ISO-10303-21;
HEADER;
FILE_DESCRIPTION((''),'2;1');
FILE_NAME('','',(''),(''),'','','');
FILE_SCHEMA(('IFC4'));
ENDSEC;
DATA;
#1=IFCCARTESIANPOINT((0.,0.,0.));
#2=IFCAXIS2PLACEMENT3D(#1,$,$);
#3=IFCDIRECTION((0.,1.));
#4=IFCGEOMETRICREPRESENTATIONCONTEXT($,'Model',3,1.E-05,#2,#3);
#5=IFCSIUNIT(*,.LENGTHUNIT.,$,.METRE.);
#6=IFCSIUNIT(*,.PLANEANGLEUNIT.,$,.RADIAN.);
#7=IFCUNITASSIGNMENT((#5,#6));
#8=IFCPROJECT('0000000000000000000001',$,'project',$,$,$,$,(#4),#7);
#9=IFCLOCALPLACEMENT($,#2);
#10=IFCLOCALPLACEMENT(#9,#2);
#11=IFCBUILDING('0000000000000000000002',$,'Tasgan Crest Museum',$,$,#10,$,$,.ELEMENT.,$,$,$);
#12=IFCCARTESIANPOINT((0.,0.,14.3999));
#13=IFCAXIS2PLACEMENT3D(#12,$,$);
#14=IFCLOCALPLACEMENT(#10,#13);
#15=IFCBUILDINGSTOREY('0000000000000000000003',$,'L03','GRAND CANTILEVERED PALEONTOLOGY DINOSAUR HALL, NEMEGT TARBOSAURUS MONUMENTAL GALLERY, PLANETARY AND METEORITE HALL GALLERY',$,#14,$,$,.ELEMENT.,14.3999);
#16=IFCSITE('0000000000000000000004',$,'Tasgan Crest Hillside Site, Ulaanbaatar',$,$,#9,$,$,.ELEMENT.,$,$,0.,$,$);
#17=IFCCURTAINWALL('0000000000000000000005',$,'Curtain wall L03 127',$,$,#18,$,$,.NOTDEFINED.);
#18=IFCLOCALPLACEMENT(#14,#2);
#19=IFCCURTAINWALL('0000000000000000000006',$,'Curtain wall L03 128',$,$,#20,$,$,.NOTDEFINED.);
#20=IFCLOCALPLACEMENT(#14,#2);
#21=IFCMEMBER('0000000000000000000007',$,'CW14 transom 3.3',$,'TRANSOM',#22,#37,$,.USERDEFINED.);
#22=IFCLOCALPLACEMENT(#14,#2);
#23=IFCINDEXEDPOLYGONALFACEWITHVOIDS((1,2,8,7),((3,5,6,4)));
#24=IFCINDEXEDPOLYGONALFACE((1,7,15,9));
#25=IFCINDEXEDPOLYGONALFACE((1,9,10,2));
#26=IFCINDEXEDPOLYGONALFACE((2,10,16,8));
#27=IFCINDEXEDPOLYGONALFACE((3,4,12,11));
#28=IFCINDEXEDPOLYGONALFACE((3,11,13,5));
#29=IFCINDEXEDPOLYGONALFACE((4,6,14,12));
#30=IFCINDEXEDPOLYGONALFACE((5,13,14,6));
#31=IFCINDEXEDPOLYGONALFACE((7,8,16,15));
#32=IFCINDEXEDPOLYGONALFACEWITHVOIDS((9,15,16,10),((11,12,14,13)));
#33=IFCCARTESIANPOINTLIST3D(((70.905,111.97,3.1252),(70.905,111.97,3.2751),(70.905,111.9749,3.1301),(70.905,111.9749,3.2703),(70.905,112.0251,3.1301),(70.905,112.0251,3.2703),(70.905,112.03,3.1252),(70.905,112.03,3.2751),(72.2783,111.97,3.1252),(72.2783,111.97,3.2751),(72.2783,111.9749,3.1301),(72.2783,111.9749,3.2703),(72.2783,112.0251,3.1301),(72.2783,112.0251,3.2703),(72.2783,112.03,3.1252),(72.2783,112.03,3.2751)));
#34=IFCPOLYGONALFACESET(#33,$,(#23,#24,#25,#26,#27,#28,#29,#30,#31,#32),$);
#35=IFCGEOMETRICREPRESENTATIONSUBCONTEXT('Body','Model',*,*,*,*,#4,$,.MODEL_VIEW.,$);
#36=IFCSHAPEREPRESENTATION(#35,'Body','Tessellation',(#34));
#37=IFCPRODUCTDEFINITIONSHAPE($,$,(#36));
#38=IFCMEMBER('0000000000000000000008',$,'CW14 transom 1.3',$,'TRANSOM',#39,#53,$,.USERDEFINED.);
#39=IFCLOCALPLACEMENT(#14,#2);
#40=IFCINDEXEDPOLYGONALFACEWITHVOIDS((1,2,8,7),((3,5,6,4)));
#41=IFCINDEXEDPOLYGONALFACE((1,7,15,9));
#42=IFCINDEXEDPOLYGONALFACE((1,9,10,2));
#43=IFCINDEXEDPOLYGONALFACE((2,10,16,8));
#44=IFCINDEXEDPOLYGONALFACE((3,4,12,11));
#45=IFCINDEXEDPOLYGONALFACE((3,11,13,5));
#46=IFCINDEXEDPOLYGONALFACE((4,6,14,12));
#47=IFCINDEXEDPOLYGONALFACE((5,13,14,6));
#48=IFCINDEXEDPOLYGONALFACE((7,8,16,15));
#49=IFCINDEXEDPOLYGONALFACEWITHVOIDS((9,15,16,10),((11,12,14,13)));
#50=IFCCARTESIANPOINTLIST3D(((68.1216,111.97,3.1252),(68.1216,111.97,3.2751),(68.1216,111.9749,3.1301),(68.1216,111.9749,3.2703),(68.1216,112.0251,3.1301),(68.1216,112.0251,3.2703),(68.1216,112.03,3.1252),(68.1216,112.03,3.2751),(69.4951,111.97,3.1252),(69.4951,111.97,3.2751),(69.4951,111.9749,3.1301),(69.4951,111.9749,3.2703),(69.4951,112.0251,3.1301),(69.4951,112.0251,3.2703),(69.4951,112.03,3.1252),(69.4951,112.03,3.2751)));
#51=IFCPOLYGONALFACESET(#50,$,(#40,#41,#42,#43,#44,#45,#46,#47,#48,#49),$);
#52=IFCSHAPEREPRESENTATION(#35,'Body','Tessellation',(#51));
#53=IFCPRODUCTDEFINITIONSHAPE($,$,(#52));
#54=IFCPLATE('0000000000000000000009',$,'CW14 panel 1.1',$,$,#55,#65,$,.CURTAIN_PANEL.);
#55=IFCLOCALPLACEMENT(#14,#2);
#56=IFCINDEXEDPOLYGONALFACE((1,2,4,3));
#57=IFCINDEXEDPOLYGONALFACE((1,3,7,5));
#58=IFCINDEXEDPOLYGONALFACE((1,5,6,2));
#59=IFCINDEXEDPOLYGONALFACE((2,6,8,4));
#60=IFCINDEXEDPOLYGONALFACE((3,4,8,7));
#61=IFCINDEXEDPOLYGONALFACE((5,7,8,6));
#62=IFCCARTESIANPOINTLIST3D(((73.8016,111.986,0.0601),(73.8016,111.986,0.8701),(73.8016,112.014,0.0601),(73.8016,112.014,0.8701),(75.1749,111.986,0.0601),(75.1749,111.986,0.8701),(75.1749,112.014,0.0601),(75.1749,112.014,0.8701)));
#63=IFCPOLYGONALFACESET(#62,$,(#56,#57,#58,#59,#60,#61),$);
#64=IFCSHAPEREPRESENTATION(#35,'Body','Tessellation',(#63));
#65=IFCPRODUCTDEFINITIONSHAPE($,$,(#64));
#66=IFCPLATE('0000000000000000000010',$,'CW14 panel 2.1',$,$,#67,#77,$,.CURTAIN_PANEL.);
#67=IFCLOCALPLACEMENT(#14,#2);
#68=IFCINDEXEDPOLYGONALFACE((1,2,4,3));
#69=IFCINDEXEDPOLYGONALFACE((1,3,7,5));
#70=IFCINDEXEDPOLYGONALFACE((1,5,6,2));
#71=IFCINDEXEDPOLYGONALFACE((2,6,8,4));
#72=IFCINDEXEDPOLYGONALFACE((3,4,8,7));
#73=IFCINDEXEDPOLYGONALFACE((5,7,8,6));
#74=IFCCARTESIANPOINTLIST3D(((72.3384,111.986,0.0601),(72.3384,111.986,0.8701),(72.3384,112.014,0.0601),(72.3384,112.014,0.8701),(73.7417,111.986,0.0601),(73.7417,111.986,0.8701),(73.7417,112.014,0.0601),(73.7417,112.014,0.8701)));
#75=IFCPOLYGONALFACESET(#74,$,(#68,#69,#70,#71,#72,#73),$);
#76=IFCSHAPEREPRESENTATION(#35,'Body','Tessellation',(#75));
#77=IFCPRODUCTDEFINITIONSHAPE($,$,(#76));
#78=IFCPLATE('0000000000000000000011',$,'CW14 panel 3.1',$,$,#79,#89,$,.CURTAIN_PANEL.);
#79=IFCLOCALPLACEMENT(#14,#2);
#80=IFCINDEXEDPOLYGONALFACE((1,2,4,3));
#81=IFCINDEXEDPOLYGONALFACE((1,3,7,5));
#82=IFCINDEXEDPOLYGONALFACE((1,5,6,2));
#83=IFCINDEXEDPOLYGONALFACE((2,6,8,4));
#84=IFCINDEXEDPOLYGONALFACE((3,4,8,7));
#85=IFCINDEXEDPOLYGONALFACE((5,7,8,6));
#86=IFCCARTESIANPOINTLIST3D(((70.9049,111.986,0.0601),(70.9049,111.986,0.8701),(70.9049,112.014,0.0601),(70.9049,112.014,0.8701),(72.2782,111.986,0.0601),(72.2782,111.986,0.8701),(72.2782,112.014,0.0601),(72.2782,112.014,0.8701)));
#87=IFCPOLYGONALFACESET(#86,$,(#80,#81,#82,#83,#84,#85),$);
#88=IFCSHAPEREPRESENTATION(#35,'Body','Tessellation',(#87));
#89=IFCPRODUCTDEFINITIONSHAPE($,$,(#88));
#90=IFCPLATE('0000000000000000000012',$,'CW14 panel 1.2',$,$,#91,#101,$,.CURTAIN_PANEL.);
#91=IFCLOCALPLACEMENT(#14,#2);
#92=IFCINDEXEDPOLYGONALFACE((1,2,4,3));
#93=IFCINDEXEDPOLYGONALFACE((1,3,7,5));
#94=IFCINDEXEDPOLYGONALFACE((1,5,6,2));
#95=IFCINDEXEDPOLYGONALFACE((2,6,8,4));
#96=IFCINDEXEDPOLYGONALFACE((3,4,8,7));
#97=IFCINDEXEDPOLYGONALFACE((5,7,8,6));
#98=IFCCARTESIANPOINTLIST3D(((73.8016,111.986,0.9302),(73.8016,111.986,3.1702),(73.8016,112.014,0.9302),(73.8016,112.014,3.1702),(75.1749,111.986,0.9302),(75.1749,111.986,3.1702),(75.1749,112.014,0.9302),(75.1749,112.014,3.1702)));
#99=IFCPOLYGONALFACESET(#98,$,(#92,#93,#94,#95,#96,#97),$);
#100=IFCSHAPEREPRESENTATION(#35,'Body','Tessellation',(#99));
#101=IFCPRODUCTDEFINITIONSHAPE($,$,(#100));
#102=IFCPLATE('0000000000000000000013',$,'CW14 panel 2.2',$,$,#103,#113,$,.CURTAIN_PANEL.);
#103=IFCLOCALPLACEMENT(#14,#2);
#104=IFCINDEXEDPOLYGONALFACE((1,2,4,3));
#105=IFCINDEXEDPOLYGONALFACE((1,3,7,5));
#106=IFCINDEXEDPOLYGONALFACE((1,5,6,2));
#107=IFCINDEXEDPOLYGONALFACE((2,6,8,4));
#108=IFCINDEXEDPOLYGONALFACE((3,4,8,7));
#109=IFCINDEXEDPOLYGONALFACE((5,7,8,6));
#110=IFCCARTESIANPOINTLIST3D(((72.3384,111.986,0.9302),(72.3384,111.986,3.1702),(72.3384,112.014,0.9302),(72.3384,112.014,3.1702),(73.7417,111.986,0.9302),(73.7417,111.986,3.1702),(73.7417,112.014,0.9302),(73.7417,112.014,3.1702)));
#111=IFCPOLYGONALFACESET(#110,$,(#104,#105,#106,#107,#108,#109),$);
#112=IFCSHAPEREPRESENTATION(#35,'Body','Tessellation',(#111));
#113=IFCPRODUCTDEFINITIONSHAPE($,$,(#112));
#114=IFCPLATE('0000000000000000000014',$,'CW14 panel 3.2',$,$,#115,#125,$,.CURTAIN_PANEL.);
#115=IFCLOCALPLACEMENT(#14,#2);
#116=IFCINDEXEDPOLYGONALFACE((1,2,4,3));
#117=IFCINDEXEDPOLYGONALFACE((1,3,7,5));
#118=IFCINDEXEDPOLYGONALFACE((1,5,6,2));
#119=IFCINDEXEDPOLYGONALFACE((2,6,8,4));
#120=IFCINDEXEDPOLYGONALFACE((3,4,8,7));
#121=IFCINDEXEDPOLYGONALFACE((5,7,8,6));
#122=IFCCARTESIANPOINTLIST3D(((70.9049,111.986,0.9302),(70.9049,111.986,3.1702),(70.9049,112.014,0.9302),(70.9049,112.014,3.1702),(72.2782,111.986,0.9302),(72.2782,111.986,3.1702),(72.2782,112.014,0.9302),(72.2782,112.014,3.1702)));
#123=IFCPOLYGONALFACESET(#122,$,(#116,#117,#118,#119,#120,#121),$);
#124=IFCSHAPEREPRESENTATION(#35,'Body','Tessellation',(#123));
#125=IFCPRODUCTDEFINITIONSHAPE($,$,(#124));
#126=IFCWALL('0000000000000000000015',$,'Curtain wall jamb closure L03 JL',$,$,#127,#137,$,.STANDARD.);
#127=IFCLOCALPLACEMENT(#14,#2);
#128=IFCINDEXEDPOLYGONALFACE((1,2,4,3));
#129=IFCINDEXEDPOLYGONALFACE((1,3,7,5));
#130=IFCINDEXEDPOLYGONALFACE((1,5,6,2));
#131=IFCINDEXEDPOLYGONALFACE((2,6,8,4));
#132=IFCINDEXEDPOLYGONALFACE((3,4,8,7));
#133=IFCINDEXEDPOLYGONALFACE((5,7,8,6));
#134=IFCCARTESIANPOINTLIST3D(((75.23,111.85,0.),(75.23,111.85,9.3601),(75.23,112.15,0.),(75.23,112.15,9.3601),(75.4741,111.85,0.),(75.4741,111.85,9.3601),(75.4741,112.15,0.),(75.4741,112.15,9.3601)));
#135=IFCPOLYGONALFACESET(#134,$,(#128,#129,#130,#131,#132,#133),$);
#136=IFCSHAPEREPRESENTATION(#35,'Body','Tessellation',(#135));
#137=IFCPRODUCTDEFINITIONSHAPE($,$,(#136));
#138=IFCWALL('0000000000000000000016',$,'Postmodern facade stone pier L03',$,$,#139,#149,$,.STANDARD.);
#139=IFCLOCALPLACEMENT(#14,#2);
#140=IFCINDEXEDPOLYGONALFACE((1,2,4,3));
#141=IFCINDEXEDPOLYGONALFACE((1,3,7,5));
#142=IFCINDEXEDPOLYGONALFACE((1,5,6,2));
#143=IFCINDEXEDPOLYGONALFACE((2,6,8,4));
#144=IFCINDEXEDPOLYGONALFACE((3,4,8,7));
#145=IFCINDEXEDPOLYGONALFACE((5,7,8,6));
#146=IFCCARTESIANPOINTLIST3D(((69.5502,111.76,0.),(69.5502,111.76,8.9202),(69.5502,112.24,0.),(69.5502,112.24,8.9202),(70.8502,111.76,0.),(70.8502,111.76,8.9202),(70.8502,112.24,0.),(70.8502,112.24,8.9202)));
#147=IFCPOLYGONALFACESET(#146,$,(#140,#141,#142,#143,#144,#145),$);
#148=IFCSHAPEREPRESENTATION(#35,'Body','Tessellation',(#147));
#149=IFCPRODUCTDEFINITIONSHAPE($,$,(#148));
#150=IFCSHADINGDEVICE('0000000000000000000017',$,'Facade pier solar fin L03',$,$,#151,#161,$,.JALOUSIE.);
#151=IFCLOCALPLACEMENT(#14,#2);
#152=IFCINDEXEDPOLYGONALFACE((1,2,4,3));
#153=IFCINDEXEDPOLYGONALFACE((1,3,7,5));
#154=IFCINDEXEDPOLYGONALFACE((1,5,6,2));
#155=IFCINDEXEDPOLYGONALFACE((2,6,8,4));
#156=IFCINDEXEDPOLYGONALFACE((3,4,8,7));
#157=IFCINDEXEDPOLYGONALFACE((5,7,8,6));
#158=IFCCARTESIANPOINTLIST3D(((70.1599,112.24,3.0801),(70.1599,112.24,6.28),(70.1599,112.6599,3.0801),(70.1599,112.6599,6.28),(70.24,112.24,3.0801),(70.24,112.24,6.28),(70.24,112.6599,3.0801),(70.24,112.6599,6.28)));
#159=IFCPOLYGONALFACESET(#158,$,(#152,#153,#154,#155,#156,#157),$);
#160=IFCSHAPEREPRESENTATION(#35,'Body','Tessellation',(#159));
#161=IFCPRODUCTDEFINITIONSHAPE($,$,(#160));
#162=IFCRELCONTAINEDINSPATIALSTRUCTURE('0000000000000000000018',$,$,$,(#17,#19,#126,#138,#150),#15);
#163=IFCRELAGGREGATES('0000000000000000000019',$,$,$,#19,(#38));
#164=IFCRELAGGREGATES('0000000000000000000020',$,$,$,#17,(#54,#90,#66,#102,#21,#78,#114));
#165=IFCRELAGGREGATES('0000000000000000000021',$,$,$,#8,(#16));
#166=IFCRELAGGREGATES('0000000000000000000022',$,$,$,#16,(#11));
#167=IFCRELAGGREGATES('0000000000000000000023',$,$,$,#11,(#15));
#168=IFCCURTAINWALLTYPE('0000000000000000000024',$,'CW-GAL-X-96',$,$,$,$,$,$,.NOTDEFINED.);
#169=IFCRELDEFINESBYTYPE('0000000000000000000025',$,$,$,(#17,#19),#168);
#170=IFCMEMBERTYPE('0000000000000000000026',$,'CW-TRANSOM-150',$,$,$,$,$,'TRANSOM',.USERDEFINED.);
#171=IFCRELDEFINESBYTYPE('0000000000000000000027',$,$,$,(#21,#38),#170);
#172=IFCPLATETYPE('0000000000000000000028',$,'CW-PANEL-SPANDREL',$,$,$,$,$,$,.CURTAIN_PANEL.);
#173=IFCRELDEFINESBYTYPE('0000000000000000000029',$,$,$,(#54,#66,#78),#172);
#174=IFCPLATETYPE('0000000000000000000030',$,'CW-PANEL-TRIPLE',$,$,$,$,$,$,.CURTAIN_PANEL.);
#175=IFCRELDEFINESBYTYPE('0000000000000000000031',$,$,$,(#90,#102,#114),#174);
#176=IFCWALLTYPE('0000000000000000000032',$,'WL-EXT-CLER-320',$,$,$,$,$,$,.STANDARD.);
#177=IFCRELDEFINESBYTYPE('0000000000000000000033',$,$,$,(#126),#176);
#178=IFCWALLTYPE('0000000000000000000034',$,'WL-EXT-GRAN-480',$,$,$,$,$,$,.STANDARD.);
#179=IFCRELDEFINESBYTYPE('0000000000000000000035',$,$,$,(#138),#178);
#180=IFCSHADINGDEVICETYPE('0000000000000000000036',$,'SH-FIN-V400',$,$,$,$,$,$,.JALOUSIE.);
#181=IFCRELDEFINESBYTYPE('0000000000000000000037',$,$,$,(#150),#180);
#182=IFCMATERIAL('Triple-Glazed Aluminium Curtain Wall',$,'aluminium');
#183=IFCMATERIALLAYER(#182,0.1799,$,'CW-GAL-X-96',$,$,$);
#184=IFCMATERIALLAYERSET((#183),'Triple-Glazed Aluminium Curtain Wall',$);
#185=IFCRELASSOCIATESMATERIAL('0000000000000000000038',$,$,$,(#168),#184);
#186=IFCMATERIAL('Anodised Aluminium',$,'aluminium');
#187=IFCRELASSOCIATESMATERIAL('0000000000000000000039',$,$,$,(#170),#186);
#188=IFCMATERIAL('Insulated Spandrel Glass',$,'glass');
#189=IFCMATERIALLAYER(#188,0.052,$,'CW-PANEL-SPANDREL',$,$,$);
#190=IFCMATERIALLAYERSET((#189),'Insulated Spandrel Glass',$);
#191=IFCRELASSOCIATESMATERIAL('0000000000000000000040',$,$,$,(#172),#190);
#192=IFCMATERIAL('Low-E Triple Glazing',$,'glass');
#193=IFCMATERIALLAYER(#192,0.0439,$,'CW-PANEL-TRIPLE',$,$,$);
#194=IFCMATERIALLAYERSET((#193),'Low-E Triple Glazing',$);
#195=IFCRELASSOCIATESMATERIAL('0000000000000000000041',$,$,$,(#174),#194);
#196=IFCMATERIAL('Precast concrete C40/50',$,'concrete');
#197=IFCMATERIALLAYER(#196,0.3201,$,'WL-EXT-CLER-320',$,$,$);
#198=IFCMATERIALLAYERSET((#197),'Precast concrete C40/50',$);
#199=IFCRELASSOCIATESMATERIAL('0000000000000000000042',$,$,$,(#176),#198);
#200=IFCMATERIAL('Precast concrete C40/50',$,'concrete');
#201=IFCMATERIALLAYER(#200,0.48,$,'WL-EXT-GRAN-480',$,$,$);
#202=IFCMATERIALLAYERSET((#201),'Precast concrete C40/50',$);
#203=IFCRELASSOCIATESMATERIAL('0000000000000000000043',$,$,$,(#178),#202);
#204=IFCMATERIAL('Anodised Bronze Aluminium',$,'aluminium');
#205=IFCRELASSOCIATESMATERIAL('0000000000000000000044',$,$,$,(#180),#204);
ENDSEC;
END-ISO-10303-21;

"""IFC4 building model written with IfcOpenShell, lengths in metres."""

from ifc_helpers import new_model, si_unit, direction, frame, frame_2d, origin, origin_2d, place, context, subcontext, project, spatial, rectangle, hollow_rectangle, extrude, material, layer, layer_set, material_profile, profile_set, type_object, element, aggregate, save


model = new_model("IFC4")

# Units and contexts
model_context = context("Model", 3, precision=1e-05, world=origin(), true_north=direction((0.0, 1.0)))
body_context = subcontext(model_context, "Body", "Model", "MODEL_VIEW")
ifc_project = project(units=[si_unit("LENGTHUNIT", "METRE"), si_unit("PLANEANGLEUNIT", "RADIAN")], contexts=[model_context])

# Site, building, storey
site_placement = place(None, origin())
site = spatial("IfcSite", under=ifc_project, at=site_placement, Name="Tasgan Crest Hillside Site, Ulaanbaatar", CompositionType="ELEMENT", RefElevation=0.0)
building_placement = place(site_placement, origin())
building = spatial("IfcBuilding", under=site, at=building_placement, Name="Tasgan Crest Museum", CompositionType="ELEMENT")
storey_placement = place(building_placement, frame((0.0, 0.0, 14.3999)))
storey = spatial("IfcBuildingStorey", under=building, at=storey_placement, Name="L03", Description="GRAND CANTILEVERED PALEONTOLOGY DINOSAUR HALL, NEMEGT TARBOSAURUS MONUMENTAL GALLERY, PLANETARY AND METEORITE HALL GALLERY", CompositionType="ELEMENT", Elevation=14.3999)

# Curtain wall
ifc_material_1 = material(Name="Triple-Glazed Aluminium Curtain Wall", Category="aluminium")
ifc_layer_1 = layer(ifc_material_1, 0.1799, Name="CW-GAL-X-96")
ifc_layer_set_1 = layer_set([ifc_layer_1], Name="Triple-Glazed Aluminium Curtain Wall")
curtain_wall_type = type_object("IfcCurtainWallType", Name="CW-GAL-X-96", PredefinedType="NOTDEFINED", material=ifc_layer_set_1)
curtain_wall_1_placement = place(storey_placement, origin())
curtain_wall_1 = element("IfcCurtainWall", 1, at=curtain_wall_1_placement, inside=storey, type_object=curtain_wall_type, Name="Curtain wall L03 127", PredefinedType="NOTDEFINED")

# Curtain wall
curtain_wall_2_placement = place(storey_placement, origin())
curtain_wall_2 = element("IfcCurtainWall", 2, at=curtain_wall_2_placement, inside=storey, type_object=curtain_wall_type, Name="Curtain wall L03 128", PredefinedType="NOTDEFINED")

# Members
ifc_material_2 = material(Name="Anodised Aluminium", Category="aluminium")
ifc_material_profile_1 = material_profile(ifc_material_2, hollow_rectangle(XDim=0.0601, YDim=0.1499, WallThickness=0.0049, at=origin_2d()), Name="ALU TRANSOM 150x60x5")
ifc_profile_set_1 = profile_set([ifc_material_profile_1], Name="Anodised Aluminium")
member_type_1 = type_object("IfcMemberType", Name="CW-TRANSOM-150", ElementType="TRANSOM", PredefinedType="USERDEFINED", material=ifc_profile_set_1)
member_1_placement = place(storey_placement, frame((72.2783, 112.0, 3.2002), z_axis=(-1.0, 0.0, 0.0), x_axis=(0.0, -1.0, 0.0)))
member_1 = element("IfcMember", 3, at=member_1_placement, type_object=member_type_1, Name="CW14 transom 3.3", ObjectType="TRANSOM", PredefinedType="USERDEFINED", context=body_context, shape_type="SweptSolid", body=[
    extrude(hollow_rectangle(XDim=0.0601, YDim=0.1499, WallThickness=0.0049, at=origin_2d()), origin(), (0.0, 0.0, 1.0), 1.3733),
])
member_2_placement = place(storey_placement, frame((69.4951, 112.0, 3.2002), z_axis=(-1.0, 0.0, 0.0), x_axis=(0.0, -1.0, 0.0)))
member_2 = element("IfcMember", 4, at=member_2_placement, type_object=member_type_1, Name="CW14 transom 1.3", ObjectType="TRANSOM", PredefinedType="USERDEFINED", context=body_context, shape_type="SweptSolid", body=[
    extrude(hollow_rectangle(XDim=0.0601, YDim=0.1499, WallThickness=0.0049, at=origin_2d()), origin(), (0.0, 0.0, 1.0), 1.3735),
])
aggregate(curtain_wall_2, [member_2])

# Plates
ifc_material_3 = material(Name="Insulated Spandrel Glass", Category="glass")
ifc_layer_2 = layer(ifc_material_3, 0.052, Name="CW-PANEL-SPANDREL")
ifc_layer_set_2 = layer_set([ifc_layer_2], Name="Insulated Spandrel Glass")
plate_type_1 = type_object("IfcPlateType", Name="CW-PANEL-SPANDREL", PredefinedType="CURTAIN_PANEL", material=ifc_layer_set_2)
plate_1_placement = place(storey_placement, frame((74.4883, 112.0, 0.0601), z_axis=(0.0, 0.0, 1.0), x_axis=(-1.0, 0.0, 0.0)))
plate_1 = element("IfcPlate", 5, at=plate_1_placement, type_object=plate_type_1, Name="CW14 panel 1.1", PredefinedType="CURTAIN_PANEL", context=body_context, shape_type="SweptSolid", body=[
    extrude(rectangle(XDim=1.3733, YDim=0.0281, at=origin_2d()), origin(), (0.0, 0.0, 1.0), 0.8101),
])
plate_2_placement = place(storey_placement, frame((73.04, 112.0, 0.0601), z_axis=(0.0, 0.0, 1.0), x_axis=(-1.0, 0.0, 0.0)))
plate_2 = element("IfcPlate", 6, at=plate_2_placement, type_object=plate_type_1, Name="CW14 panel 2.1", PredefinedType="CURTAIN_PANEL", context=body_context, shape_type="SweptSolid", body=[
    extrude(rectangle(XDim=1.4033, YDim=0.0281, at=origin_2d()), origin(), (0.0, 0.0, 1.0), 0.8101),
])
plate_3_placement = place(storey_placement, frame((71.5916, 112.0, 0.0601), z_axis=(0.0, 0.0, 1.0), x_axis=(-1.0, 0.0, 0.0)))
plate_3 = element("IfcPlate", 7, at=plate_3_placement, type_object=plate_type_1, Name="CW14 panel 3.1", PredefinedType="CURTAIN_PANEL", context=body_context, shape_type="SweptSolid", body=[
    extrude(rectangle(XDim=1.3733, YDim=0.0281, at=origin_2d()), origin(), (0.0, 0.0, 1.0), 0.8101),
])
ifc_material_4 = material(Name="Low-E Triple Glazing", Category="glass")
ifc_layer_3 = layer(ifc_material_4, 0.0439, Name="CW-PANEL-TRIPLE")
ifc_layer_set_3 = layer_set([ifc_layer_3], Name="Low-E Triple Glazing")
plate_type_2 = type_object("IfcPlateType", Name="CW-PANEL-TRIPLE", PredefinedType="CURTAIN_PANEL", material=ifc_layer_set_3)
plate_4_placement = place(storey_placement, frame((74.4883, 112.0, 0.9302), z_axis=(0.0, 0.0, 1.0), x_axis=(-1.0, 0.0, 0.0)))
plate_4 = element("IfcPlate", 8, at=plate_4_placement, type_object=plate_type_2, Name="CW14 panel 1.2", PredefinedType="CURTAIN_PANEL", context=body_context, shape_type="SweptSolid", body=[
    extrude(rectangle(XDim=1.3733, YDim=0.0281, at=origin_2d()), origin(), (0.0, 0.0, 1.0), 2.24),
])
plate_5_placement = place(storey_placement, frame((73.04, 112.0, 0.9302), z_axis=(0.0, 0.0, 1.0), x_axis=(-1.0, 0.0, 0.0)))
plate_5 = element("IfcPlate", 9, at=plate_5_placement, type_object=plate_type_2, Name="CW14 panel 2.2", PredefinedType="CURTAIN_PANEL", context=body_context, shape_type="SweptSolid", body=[
    extrude(rectangle(XDim=1.4033, YDim=0.0281, at=origin_2d()), origin(), (0.0, 0.0, 1.0), 2.24),
])
plate_6_placement = place(storey_placement, frame((71.5916, 112.0, 0.9302), z_axis=(0.0, 0.0, 1.0), x_axis=(-1.0, 0.0, 0.0)))
plate_6 = element("IfcPlate", 10, at=plate_6_placement, type_object=plate_type_2, Name="CW14 panel 3.2", PredefinedType="CURTAIN_PANEL", context=body_context, shape_type="SweptSolid", body=[
    extrude(rectangle(XDim=1.3733, YDim=0.0281, at=origin_2d()), origin(), (0.0, 0.0, 1.0), 2.24),
])
aggregate(curtain_wall_1, [plate_1, plate_4, plate_2, plate_5, member_1, plate_3, plate_6])

# Walls
ifc_material_5 = material(Name="Precast concrete C40/50", Category="concrete")
ifc_layer_4 = layer(ifc_material_5, 0.3201, Name="WL-EXT-CLER-320")
ifc_layer_set_4 = layer_set([ifc_layer_4], Name="Precast concrete C40/50")
wall_type_1 = type_object("IfcWallType", Name="WL-EXT-CLER-320", PredefinedType="STANDARD", material=ifc_layer_set_4)
wall_1_placement = place(storey_placement, frame((75.4741, 112.0, 0.0), z_axis=(0.0, 0.0, 1.0), x_axis=(-1.0, 0.0, 0.0)))
element("IfcWall", 11, at=wall_1_placement, inside=storey, type_object=wall_type_1, Name="Curtain wall jamb closure L03 JL", PredefinedType="STANDARD", context=body_context, shape_type="SweptSolid", body=[
    extrude(rectangle(XDim=0.2441, YDim=0.3, at=frame_2d((0.1221, 0.0))), origin(), (0.0, 0.0, 1.0), 9.3601),
])
ifc_material_6 = material(Name="Precast concrete C40/50", Category="concrete")
ifc_layer_5 = layer(ifc_material_6, 0.48, Name="WL-EXT-GRAN-480")
ifc_layer_set_5 = layer_set([ifc_layer_5], Name="Precast concrete C40/50")
wall_type_2 = type_object("IfcWallType", Name="WL-EXT-GRAN-480", PredefinedType="STANDARD", material=ifc_layer_set_5)
wall_2_placement = place(storey_placement, frame((70.8501, 112.0, 0.0), z_axis=(0.0, 0.0, 1.0), x_axis=(-1.0, 0.0, 0.0)))
element("IfcWall", 12, at=wall_2_placement, inside=storey, type_object=wall_type_2, Name="Postmodern facade stone pier L03", PredefinedType="STANDARD", context=body_context, shape_type="SweptSolid", body=[
    extrude(rectangle(XDim=1.3, YDim=0.48, at=frame_2d((0.6499, 0.0))), origin(), (0.0, 0.0, 1.0), 8.9202),
])

# Shading device
ifc_material_7 = material(Name="Anodised Bronze Aluminium", Category="aluminium")
shading_device_type = type_object("IfcShadingDeviceType", Name="SH-FIN-V400", PredefinedType="JALOUSIE", material=ifc_material_7)
shading_device_placement = place(storey_placement, frame((70.2, 112.45, 3.0801), z_axis=(0.0, 0.0, 1.0), x_axis=(-1.0, 0.0, 0.0)))
element("IfcShadingDevice", 13, at=shading_device_placement, inside=storey, type_object=shading_device_type, Name="Facade pier solar fin L03", PredefinedType="JALOUSIE", context=body_context, shape_type="SweptSolid", body=[
    extrude(rectangle(XDim=0.0801, YDim=0.4199, at=origin_2d()), origin(), (0.0, 0.0, 1.0), 3.2),
])

save(model, "model.ifc")
